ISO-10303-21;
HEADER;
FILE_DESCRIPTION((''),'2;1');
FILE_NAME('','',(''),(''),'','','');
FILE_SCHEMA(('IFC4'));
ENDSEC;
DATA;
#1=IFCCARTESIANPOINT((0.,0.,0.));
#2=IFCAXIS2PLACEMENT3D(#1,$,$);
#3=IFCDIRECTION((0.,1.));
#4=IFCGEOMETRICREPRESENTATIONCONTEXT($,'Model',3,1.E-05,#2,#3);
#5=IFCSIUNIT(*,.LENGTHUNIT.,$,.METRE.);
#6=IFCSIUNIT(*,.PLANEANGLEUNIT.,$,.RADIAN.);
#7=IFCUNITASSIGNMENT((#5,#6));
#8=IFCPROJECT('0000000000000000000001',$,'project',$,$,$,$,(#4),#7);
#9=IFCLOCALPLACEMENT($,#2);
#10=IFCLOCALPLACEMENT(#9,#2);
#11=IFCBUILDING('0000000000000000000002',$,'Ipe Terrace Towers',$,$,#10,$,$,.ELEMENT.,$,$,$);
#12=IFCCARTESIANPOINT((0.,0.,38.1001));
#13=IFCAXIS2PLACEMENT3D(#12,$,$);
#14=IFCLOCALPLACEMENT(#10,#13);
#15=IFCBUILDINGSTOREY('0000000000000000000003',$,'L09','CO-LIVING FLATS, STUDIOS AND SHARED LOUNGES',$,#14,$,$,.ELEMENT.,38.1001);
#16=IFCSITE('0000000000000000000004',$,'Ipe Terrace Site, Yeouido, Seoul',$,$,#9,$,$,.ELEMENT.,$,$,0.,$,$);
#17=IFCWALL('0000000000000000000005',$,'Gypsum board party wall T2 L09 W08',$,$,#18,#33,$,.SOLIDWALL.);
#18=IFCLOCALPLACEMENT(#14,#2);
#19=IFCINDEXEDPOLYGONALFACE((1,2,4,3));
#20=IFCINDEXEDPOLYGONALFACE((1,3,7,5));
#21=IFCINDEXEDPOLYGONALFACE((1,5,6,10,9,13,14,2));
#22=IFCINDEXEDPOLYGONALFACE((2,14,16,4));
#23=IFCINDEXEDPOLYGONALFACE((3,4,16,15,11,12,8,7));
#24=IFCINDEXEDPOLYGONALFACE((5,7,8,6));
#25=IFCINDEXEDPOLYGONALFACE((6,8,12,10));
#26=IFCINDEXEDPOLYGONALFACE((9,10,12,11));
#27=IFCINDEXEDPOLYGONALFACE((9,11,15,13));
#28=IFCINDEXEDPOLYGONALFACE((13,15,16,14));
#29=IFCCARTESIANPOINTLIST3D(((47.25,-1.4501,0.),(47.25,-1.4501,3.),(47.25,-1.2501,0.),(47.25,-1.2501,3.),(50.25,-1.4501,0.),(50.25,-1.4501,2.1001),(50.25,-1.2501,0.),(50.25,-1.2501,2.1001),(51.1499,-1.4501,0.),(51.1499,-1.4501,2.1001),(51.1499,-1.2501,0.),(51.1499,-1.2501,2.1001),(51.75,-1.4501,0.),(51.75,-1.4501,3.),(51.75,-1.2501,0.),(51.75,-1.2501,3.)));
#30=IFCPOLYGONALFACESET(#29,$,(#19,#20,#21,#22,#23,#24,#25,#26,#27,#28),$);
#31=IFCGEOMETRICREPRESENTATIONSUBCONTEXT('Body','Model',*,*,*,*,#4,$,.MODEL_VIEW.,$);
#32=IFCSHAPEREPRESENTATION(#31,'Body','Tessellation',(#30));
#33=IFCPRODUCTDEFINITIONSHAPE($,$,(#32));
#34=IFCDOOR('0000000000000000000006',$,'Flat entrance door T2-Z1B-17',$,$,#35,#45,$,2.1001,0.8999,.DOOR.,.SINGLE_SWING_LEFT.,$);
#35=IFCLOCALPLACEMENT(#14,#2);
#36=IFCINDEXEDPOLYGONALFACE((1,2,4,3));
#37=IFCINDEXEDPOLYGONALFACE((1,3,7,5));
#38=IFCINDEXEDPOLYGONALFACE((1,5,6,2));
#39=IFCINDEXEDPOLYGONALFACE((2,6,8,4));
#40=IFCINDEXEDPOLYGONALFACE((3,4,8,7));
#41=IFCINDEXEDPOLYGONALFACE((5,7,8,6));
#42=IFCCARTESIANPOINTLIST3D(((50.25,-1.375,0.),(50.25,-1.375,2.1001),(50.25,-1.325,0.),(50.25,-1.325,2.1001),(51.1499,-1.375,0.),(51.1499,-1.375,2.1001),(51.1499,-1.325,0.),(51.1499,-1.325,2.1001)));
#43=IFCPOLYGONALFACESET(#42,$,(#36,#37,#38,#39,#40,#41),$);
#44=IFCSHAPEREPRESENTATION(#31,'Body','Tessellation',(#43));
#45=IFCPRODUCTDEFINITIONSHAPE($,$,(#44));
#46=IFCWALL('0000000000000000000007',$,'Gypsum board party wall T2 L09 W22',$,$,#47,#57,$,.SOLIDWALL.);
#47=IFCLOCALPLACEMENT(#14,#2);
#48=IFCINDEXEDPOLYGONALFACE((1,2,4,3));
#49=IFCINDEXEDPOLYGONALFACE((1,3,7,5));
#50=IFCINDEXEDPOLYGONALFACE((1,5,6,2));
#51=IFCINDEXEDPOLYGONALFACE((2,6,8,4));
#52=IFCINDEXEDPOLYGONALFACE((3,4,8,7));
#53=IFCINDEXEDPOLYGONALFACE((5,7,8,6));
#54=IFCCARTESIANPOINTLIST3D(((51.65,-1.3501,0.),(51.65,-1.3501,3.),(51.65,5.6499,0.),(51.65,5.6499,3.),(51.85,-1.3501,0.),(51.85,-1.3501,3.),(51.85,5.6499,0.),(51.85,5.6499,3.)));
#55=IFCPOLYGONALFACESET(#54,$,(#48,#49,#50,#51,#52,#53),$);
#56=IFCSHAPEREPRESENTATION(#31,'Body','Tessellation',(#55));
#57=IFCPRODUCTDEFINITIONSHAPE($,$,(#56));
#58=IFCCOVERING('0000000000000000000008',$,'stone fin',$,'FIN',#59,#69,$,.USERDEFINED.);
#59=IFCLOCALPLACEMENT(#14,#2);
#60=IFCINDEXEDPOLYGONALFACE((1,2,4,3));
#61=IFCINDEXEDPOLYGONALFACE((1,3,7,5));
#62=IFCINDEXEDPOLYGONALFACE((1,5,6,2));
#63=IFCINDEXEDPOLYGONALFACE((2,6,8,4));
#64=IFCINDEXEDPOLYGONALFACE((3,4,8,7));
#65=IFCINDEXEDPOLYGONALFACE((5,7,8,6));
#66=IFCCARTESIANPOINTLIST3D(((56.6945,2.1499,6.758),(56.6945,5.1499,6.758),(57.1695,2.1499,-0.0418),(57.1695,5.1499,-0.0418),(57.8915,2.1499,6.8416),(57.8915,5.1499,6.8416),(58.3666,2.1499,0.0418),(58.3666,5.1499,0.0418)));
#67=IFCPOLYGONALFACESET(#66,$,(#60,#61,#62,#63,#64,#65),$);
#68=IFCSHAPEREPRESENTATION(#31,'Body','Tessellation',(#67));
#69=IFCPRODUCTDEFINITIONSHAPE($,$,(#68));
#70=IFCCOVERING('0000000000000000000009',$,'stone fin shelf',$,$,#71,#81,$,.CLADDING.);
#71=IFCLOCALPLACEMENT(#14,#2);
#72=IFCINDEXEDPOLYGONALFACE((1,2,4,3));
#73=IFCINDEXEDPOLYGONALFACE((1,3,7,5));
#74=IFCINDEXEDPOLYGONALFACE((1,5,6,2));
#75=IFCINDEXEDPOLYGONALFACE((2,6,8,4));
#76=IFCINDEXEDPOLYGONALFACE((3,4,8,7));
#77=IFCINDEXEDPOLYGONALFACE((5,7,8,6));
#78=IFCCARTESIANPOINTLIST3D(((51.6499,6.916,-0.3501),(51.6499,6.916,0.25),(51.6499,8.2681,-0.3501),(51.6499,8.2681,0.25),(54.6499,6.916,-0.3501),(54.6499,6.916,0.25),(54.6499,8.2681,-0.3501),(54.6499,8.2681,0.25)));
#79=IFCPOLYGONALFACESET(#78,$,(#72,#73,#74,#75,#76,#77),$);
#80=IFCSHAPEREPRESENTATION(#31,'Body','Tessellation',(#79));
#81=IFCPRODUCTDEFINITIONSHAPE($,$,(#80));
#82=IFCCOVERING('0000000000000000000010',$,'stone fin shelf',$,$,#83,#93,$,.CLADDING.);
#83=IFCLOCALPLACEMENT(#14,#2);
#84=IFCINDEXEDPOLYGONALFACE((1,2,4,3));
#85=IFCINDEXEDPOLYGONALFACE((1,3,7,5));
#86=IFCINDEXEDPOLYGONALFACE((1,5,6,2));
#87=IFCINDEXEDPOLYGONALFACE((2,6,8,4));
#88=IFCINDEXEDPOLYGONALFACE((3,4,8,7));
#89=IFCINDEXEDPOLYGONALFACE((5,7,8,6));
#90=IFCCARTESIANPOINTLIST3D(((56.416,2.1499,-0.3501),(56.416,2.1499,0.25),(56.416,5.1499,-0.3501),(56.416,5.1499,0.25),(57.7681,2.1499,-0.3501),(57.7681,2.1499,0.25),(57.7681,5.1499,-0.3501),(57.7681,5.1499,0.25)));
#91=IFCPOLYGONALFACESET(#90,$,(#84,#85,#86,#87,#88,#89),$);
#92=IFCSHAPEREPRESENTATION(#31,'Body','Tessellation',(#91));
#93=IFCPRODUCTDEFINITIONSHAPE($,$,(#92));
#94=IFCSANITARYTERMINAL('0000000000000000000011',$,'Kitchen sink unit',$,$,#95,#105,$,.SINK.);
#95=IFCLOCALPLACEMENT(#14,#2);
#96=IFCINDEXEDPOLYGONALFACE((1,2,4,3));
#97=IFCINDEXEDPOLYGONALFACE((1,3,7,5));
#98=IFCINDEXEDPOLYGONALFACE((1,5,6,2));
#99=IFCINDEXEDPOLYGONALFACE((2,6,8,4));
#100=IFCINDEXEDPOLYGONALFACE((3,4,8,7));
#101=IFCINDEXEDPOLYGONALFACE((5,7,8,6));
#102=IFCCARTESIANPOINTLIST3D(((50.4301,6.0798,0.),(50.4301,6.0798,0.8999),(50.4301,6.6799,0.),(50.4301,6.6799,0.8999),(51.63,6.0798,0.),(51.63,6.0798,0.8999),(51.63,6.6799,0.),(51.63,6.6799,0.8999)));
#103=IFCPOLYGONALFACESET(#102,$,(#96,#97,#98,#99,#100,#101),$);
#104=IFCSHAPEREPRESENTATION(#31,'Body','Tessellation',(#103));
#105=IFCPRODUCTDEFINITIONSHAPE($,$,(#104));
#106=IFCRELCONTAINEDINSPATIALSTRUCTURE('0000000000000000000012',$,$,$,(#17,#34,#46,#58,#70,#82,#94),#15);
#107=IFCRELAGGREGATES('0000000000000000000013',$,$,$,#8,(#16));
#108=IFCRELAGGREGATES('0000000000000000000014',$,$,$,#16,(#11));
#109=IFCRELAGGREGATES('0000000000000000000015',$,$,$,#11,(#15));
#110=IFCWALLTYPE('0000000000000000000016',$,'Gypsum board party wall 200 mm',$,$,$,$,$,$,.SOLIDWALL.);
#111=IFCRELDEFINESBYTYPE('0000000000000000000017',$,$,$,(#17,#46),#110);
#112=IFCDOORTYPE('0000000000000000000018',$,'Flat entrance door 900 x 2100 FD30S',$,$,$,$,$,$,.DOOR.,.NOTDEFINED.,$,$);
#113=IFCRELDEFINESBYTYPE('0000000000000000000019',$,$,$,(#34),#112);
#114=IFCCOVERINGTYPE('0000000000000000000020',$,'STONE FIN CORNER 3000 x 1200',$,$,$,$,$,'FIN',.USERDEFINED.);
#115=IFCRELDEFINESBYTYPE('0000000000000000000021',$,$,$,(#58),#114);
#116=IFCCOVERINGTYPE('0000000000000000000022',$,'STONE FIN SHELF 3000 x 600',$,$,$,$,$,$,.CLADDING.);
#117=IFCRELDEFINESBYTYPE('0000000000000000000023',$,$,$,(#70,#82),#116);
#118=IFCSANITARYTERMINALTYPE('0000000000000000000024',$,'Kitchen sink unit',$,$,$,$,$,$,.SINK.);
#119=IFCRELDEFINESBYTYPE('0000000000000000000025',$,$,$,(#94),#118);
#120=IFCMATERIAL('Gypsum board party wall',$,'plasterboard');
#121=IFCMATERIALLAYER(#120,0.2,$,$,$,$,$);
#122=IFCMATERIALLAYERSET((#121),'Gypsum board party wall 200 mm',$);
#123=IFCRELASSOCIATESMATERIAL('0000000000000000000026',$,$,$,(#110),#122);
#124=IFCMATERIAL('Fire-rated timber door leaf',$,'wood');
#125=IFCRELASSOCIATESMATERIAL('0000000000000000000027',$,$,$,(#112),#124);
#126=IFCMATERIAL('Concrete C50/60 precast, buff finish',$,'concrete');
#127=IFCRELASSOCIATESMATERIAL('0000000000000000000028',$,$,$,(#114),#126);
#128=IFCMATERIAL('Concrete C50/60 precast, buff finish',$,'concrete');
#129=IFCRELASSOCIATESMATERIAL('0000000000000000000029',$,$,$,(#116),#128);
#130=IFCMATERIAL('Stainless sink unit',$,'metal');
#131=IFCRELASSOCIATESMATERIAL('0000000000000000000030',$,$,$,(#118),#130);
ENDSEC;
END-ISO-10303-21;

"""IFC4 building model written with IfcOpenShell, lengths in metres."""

from ifc_helpers import new_model, si_unit, direction, frame, frame_2d, origin, origin_2d, place, context, subcontext, project, spatial, rectangle, extrude, material, layer, layer_set, material_profile, profile_set, type_object, element, fill, save


model = new_model("IFC4")

# Units and contexts
model_context = context("Model", 3, precision=1e-05, world=origin(), true_north=direction((0.0, 1.0)))
body_context = subcontext(model_context, "Body", "Model", "MODEL_VIEW")
ifc_project = project(units=[si_unit("LENGTHUNIT", "METRE"), si_unit("PLANEANGLEUNIT", "RADIAN")], contexts=[model_context])

# Site, building, storey
site_placement = place(None, origin())
site = spatial("IfcSite", under=ifc_project, at=site_placement, Name="Ipe Terrace Site, Yeouido, Seoul", CompositionType="ELEMENT", RefElevation=0.0)
building_placement = place(site_placement, origin())
building = spatial("IfcBuilding", under=site, at=building_placement, Name="Ipe Terrace Towers", CompositionType="ELEMENT")
storey_placement = place(building_placement, frame((0.0, 0.0, 38.1001)))
storey = spatial("IfcBuildingStorey", under=building, at=storey_placement, Name="L09", Description="CO-LIVING FLATS, STUDIOS AND SHARED LOUNGES", CompositionType="ELEMENT", Elevation=38.1001)

# Wall, opening, door
ifc_material_1 = material(Name="Gypsum board party wall", Category="plasterboard")
ifc_layer_1 = layer(ifc_material_1, 0.2)
ifc_layer_set_1 = layer_set([ifc_layer_1], Name="Gypsum board party wall 200 mm")
wall_type_1 = type_object("IfcWallType", Name="Gypsum board party wall 200 mm", PredefinedType="SOLIDWALL", material=ifc_layer_set_1)
wall_1_placement = place(storey_placement, frame((51.75, -1.3501, 0.0), z_axis=(0.0, 0.0, 1.0), x_axis=(-1.0, 0.0, 0.0)))
wall_1 = element("IfcWall", 1, at=wall_1_placement, inside=storey, type_object=wall_type_1, Name="Gypsum board party wall T2 L09 W08", PredefinedType="SOLIDWALL", context=body_context, shape_type="SweptSolid", body=[
    extrude(rectangle(XDim=4.5, YDim=0.2, at=frame_2d((2.25, 0.0))), origin(), (0.0, 0.0, 1.0), 3.0),
])
opening_1_placement = place(wall_1_placement, frame((0.6001, 0.0, 0.0)))
opening_1 = element("IfcOpeningElement", 2, at=opening_1_placement, cuts=wall_1, PredefinedType="OPENING", context=body_context, shape_type="SweptSolid", body=[
    extrude(rectangle(XDim=0.8999, YDim=2.1001, at=frame_2d((0.45, 1.05))), frame((0.0, 0.1099, 0.0), z_axis=(0.0, -1.0, 0.0), x_axis=(1.0, 0.0, 0.0)), (0.0, 0.0, 1.0), 0.22),
])
ifc_material_2 = material(Name="Fire-rated timber door leaf", Category="wood")
door_type_1 = type_object("IfcDoorType", Name="Flat entrance door 900 x 2100 FD30S", OperationType="NOTDEFINED", PredefinedType="DOOR", material=ifc_material_2)
door_1_placement = place(opening_1_placement, origin())
door_1 = element("IfcDoor", 3, at=door_1_placement, inside=storey, type_object=door_type_1, Name="Flat entrance door T2-Z1B-17", OperationType="SINGLE_SWING_LEFT", OverallHeight=2.1001, OverallWidth=0.8999, PredefinedType="DOOR", context=body_context, shape_type="SweptSolid", body=[
    extrude(rectangle(XDim=0.8999, YDim=2.1001, at=frame_2d((0.45, 1.05))), frame((0.0, 0.0249, 0.0), z_axis=(0.0, -1.0, 0.0), x_axis=(1.0, 0.0, 0.0)), (0.0, 0.0, 1.0), 0.05),
])
fill(opening_1, door_1)

# Wall
wall_2_placement = place(storey_placement, frame((51.75, -1.3501, 0.0), z_axis=(0.0, 0.0, 1.0), x_axis=(0.0, 1.0, 0.0)))
element("IfcWall", 4, at=wall_2_placement, inside=storey, type_object=wall_type_1, Name="Gypsum board party wall T2 L09 W22", PredefinedType="SOLIDWALL", context=body_context, shape_type="SweptSolid", body=[
    extrude(rectangle(XDim=7.0, YDim=0.2, at=frame_2d((3.5, 0.0))), origin(), (0.0, 0.0, 1.0), 3.0),
])

# Coverings
ifc_material_3 = material(Name="Concrete C50/60 precast, buff finish", Category="concrete")
ifc_material_profile_1 = material_profile(ifc_material_3, rectangle(XDim=3.0, YDim=1.2, at=origin_2d()), Name="STONE FIN CORNER 3000 x 1200")
ifc_profile_set_1 = profile_set([ifc_material_profile_1], Name="Concrete C50/60 precast, buff finish")
covering_type_1 = type_object("IfcCoveringType", Name="STONE FIN CORNER 3000 x 1200", ElementType="FIN", PredefinedType="USERDEFINED", material=ifc_profile_set_1)
covering_placement = place(storey_placement, frame((57.7681, 3.6499, 0.0), z_axis=(-0.069699, 0.0, 0.997568), x_axis=(0.0, 1.0, 0.0)))
element("IfcCovering", 5, at=covering_placement, inside=storey, type_object=covering_type_1, Name="stone fin", ObjectType="FIN", PredefinedType="USERDEFINED", context=body_context, shape_type="SweptSolid", body=[
    extrude(rectangle(XDim=3.0, YDim=1.2, at=origin_2d()), origin(), (0.0, 0.0, 1.0), 6.8164),
])
ifc_material_4 = material(Name="Concrete C50/60 precast, buff finish", Category="concrete")
covering_type_2 = type_object("IfcCoveringType", Name="STONE FIN SHELF 3000 x 600", PredefinedType="CLADDING", material=ifc_material_4)
for number, where, z_axis, x_axis, name in (
    (6, (53.1499, 7.592, -0.3501), (0.0, 0.0, 1.0), (-1.0, 0.0, 0.0), "stone fin shelf"),
    (7, (57.092, 3.6499, -0.3501), (0.0, 0.0, 1.0), (0.0, 1.0, 0.0), "stone fin shelf"),
):
    element("IfcCovering", number, at=place(storey_placement, frame(where, z_axis=z_axis, x_axis=x_axis)), inside=storey, type_object=covering_type_2, Name=name, PredefinedType="CLADDING", context=body_context, shape_type="SweptSolid", body=[
        extrude(rectangle(XDim=3.0, YDim=1.3521, at=origin_2d()), origin(), (0.0, 0.0, 1.0), 0.6001),
    ])

# Sanitary terminal
ifc_material_5 = material(Name="Stainless sink unit", Category="metal")
sanitary_terminal_type = type_object("IfcSanitaryTerminalType", Name="Kitchen sink unit", PredefinedType="SINK", material=ifc_material_5)
sanitary_terminal_placement = place(storey_placement, frame((51.03, 6.3799, 0.0), z_axis=(0.0, 0.0, 1.0), x_axis=(1.0, 0.0, 0.0)))
element("IfcSanitaryTerminal", 8, at=sanitary_terminal_placement, inside=storey, type_object=sanitary_terminal_type, Name="Kitchen sink unit", PredefinedType="SINK", context=body_context, shape_type="SweptSolid", body=[
    extrude(rectangle(XDim=1.2, YDim=0.6001, at=origin_2d()), origin(), (0.0, 0.0, 1.0), 0.8999),
])

save(model, "model.ifc")
